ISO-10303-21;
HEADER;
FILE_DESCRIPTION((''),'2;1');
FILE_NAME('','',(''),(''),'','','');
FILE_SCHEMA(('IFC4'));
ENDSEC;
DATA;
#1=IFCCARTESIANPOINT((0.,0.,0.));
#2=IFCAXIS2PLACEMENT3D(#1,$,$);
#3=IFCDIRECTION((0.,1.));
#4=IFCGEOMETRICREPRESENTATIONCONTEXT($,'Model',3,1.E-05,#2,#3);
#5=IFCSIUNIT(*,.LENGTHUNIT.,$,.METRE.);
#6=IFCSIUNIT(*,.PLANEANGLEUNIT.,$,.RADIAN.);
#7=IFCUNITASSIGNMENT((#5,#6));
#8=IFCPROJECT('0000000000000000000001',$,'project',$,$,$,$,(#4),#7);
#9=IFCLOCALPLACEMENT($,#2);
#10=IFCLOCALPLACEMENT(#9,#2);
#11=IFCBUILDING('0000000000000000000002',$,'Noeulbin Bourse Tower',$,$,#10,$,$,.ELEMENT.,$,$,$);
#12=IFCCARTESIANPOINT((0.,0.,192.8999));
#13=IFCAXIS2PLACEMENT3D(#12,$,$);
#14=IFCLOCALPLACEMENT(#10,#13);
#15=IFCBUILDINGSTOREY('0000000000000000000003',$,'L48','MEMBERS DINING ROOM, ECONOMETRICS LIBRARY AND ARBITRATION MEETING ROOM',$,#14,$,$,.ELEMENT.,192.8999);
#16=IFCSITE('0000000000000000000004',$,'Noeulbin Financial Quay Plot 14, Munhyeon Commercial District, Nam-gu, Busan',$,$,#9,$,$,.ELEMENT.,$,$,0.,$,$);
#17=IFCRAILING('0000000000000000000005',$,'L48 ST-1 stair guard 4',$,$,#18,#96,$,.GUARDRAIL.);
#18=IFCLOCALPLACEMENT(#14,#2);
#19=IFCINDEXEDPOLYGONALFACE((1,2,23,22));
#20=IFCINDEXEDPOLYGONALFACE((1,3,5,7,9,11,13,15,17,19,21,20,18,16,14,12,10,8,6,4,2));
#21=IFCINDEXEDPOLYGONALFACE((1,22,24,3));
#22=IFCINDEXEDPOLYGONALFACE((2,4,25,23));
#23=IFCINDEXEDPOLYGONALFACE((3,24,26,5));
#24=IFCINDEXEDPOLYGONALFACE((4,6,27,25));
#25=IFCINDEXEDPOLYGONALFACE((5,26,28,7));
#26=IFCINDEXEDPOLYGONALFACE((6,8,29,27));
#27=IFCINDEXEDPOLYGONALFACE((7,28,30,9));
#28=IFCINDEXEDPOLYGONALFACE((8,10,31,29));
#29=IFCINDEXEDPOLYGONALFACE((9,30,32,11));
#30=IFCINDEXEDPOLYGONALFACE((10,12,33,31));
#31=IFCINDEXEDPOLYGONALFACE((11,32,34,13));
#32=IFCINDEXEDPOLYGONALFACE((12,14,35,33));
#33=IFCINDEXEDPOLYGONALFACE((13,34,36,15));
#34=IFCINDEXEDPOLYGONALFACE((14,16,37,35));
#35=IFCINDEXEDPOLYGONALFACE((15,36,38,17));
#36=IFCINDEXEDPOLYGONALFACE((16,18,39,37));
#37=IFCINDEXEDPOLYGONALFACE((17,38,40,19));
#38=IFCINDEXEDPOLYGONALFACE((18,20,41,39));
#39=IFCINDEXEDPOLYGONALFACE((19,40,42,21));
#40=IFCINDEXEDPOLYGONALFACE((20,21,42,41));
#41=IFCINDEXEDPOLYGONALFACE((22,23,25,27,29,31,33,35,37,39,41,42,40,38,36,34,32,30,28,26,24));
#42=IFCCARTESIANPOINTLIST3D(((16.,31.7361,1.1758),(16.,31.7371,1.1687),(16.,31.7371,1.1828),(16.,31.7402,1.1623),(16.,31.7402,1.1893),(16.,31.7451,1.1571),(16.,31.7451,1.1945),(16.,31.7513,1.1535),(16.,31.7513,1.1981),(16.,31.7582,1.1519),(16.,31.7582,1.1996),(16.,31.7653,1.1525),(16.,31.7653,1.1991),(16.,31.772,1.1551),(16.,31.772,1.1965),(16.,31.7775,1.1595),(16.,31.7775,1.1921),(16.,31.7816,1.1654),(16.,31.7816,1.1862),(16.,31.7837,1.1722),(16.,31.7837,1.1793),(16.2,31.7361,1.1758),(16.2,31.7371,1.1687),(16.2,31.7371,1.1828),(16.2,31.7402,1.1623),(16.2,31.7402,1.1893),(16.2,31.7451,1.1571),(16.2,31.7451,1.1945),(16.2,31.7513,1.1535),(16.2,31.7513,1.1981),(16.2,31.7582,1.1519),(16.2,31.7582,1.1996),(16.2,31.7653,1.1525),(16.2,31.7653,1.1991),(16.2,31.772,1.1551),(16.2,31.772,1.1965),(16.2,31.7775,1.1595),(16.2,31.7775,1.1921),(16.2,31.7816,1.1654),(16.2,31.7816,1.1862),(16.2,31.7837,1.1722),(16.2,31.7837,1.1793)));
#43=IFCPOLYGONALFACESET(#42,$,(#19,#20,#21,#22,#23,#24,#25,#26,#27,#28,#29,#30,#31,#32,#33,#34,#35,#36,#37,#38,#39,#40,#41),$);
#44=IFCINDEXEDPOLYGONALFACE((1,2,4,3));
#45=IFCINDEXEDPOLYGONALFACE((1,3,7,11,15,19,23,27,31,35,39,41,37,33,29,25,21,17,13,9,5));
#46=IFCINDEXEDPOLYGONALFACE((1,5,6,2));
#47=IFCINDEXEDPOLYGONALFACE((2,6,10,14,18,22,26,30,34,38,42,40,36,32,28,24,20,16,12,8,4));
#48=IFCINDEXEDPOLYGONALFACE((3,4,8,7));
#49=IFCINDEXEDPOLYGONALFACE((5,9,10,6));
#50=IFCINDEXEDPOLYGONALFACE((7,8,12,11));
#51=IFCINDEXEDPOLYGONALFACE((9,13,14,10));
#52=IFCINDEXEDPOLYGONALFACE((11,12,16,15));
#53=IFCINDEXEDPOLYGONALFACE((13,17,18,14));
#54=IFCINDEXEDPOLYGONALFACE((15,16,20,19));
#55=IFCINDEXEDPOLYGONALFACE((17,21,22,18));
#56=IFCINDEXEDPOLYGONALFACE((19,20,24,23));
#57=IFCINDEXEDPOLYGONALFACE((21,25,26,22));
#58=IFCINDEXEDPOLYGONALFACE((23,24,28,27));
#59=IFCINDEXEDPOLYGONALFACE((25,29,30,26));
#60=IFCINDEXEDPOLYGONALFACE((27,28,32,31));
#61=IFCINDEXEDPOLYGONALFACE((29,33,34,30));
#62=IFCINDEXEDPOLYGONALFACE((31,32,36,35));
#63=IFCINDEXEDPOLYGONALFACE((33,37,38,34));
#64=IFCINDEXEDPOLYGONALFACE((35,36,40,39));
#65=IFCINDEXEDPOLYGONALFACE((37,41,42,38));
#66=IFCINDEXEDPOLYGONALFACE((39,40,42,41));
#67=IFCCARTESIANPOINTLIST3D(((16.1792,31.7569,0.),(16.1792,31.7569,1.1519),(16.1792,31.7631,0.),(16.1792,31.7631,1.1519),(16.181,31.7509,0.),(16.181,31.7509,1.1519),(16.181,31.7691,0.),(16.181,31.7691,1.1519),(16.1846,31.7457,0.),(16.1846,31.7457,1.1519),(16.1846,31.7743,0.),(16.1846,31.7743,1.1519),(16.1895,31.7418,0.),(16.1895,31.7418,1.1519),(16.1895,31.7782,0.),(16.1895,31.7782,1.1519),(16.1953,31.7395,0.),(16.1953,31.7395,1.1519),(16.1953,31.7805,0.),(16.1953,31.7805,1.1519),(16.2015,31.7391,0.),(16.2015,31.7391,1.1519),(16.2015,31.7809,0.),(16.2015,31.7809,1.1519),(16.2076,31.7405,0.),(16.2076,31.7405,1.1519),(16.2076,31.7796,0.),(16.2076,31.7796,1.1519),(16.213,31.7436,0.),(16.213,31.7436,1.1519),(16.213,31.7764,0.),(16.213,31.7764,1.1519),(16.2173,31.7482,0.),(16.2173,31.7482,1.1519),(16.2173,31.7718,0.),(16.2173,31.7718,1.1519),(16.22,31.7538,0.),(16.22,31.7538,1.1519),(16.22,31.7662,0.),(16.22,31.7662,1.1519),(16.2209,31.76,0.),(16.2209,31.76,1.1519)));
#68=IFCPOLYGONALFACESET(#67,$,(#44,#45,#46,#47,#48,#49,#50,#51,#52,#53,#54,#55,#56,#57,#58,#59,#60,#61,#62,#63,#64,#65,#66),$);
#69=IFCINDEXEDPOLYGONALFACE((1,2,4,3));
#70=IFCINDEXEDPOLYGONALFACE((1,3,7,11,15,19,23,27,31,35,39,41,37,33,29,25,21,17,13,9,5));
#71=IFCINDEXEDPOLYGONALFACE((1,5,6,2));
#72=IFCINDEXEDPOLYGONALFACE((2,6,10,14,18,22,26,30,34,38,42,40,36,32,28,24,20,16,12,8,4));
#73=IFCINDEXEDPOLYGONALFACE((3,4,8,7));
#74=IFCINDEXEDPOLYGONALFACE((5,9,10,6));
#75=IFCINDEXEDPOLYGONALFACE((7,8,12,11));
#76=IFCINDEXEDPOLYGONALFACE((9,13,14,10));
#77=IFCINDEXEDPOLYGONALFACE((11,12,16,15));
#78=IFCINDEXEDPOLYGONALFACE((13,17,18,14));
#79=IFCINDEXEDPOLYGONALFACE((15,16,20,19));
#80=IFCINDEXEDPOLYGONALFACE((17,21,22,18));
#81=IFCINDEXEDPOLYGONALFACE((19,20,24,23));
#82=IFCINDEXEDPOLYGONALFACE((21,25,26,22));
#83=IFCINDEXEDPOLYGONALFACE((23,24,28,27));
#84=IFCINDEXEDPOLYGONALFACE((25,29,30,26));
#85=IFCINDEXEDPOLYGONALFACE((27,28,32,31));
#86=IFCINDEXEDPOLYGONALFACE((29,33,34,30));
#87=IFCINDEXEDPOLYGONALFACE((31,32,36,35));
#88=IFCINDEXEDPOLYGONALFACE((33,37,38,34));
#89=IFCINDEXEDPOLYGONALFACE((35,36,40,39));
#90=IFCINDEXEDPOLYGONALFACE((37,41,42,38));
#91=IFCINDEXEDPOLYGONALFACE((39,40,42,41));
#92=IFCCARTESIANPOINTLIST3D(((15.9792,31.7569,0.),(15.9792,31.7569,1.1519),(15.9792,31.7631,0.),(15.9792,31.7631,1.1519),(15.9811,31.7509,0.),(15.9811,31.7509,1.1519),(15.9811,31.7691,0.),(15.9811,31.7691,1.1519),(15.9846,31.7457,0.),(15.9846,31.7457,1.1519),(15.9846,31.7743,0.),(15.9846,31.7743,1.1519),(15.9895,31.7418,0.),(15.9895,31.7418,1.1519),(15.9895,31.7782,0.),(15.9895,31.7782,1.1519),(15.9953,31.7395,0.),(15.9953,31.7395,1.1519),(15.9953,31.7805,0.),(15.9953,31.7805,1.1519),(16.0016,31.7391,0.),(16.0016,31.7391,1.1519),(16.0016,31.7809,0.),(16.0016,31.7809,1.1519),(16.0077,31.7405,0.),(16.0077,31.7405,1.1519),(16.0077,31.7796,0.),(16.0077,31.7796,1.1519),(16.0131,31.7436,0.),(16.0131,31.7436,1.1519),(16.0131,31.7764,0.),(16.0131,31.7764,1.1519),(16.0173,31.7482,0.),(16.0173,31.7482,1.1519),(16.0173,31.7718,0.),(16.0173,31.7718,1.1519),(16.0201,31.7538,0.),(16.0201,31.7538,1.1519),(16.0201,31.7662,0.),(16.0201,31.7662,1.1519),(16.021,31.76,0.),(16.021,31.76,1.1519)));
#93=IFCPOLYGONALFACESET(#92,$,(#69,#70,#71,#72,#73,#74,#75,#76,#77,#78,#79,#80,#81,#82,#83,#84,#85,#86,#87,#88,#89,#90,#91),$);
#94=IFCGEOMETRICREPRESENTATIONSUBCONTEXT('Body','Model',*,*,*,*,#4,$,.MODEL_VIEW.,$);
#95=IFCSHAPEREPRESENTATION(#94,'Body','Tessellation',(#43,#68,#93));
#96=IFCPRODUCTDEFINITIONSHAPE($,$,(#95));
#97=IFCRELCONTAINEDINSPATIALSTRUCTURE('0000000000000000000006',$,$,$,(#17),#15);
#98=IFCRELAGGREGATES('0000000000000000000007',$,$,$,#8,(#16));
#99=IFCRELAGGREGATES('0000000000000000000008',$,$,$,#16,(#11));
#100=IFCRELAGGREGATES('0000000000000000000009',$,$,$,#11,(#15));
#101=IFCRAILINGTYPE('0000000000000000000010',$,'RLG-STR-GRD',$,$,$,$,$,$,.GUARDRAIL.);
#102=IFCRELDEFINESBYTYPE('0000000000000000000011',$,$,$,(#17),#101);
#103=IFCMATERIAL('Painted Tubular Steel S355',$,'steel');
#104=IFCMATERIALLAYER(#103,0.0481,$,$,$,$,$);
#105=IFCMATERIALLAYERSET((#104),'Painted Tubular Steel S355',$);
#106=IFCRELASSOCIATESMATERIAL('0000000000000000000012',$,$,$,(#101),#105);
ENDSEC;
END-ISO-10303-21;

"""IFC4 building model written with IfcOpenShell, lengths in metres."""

from ifc_helpers import new_model, si_unit, direction, frame, origin, origin_2d, place, context, subcontext, project, spatial, circle, extrude, material, layer, layer_set, type_object, element, save


model = new_model("IFC4")

# Units and contexts
model_context = context("Model", 3, precision=1e-05, world=origin(), true_north=direction((0.0, 1.0)))
body_context = subcontext(model_context, "Body", "Model", "MODEL_VIEW")
ifc_project = project(units=[si_unit("LENGTHUNIT", "METRE"), si_unit("PLANEANGLEUNIT", "RADIAN")], contexts=[model_context])

# Site, building, storey
site_placement = place(None, origin())
site = spatial("IfcSite", under=ifc_project, at=site_placement, Name="Noeulbin Financial Quay Plot 14, Munhyeon Commercial District, Nam-gu, Busan", CompositionType="ELEMENT", RefElevation=0.0)
building_placement = place(site_placement, origin())
building = spatial("IfcBuilding", under=site, at=building_placement, Name="Noeulbin Bourse Tower", CompositionType="ELEMENT")
storey_placement = place(building_placement, frame((0.0, 0.0, 192.8999)))
storey = spatial("IfcBuildingStorey", under=building, at=storey_placement, Name="L48", Description="MEMBERS DINING ROOM, ECONOMETRICS LIBRARY AND ARBITRATION MEETING ROOM", CompositionType="ELEMENT", Elevation=192.8999)

# Railing
ifc_material_1 = material(Name="Painted Tubular Steel S355", Category="steel")
ifc_layer_1 = layer(ifc_material_1, 0.0481)
ifc_layer_set_1 = layer_set([ifc_layer_1], Name="Painted Tubular Steel S355")
railing_type_1 = type_object("IfcRailingType", Name="RLG-STR-GRD", PredefinedType="GUARDRAIL", material=ifc_layer_set_1)
railing_1_placement = place(storey_placement, frame((16.2, 31.76, 0.0)))
element("IfcRailing", 1, at=railing_1_placement, inside=storey, type_object=railing_type_1, Name="L48 ST-1 stair guard 4", PredefinedType="GUARDRAIL", context=body_context, shape_type="SweptSolid", body=[
    extrude(circle(Radius=0.0239, at=origin_2d()), frame((0.0, 0.0, 1.1758), z_axis=(-1.0, 0.0, 0.0), x_axis=(0.0, -1.0, 0.0)), (0.0, 0.0, 1.0), 0.2),
    extrude(circle(Radius=0.021, at=origin_2d()), origin(), (0.0, 0.0, 1.0), 1.1519),
    extrude(circle(Radius=0.021, at=origin_2d()), frame((-0.2, 0.0, 0.0)), (0.0, 0.0, 1.0), 1.1519),
])

save(model, "model.ifc")
